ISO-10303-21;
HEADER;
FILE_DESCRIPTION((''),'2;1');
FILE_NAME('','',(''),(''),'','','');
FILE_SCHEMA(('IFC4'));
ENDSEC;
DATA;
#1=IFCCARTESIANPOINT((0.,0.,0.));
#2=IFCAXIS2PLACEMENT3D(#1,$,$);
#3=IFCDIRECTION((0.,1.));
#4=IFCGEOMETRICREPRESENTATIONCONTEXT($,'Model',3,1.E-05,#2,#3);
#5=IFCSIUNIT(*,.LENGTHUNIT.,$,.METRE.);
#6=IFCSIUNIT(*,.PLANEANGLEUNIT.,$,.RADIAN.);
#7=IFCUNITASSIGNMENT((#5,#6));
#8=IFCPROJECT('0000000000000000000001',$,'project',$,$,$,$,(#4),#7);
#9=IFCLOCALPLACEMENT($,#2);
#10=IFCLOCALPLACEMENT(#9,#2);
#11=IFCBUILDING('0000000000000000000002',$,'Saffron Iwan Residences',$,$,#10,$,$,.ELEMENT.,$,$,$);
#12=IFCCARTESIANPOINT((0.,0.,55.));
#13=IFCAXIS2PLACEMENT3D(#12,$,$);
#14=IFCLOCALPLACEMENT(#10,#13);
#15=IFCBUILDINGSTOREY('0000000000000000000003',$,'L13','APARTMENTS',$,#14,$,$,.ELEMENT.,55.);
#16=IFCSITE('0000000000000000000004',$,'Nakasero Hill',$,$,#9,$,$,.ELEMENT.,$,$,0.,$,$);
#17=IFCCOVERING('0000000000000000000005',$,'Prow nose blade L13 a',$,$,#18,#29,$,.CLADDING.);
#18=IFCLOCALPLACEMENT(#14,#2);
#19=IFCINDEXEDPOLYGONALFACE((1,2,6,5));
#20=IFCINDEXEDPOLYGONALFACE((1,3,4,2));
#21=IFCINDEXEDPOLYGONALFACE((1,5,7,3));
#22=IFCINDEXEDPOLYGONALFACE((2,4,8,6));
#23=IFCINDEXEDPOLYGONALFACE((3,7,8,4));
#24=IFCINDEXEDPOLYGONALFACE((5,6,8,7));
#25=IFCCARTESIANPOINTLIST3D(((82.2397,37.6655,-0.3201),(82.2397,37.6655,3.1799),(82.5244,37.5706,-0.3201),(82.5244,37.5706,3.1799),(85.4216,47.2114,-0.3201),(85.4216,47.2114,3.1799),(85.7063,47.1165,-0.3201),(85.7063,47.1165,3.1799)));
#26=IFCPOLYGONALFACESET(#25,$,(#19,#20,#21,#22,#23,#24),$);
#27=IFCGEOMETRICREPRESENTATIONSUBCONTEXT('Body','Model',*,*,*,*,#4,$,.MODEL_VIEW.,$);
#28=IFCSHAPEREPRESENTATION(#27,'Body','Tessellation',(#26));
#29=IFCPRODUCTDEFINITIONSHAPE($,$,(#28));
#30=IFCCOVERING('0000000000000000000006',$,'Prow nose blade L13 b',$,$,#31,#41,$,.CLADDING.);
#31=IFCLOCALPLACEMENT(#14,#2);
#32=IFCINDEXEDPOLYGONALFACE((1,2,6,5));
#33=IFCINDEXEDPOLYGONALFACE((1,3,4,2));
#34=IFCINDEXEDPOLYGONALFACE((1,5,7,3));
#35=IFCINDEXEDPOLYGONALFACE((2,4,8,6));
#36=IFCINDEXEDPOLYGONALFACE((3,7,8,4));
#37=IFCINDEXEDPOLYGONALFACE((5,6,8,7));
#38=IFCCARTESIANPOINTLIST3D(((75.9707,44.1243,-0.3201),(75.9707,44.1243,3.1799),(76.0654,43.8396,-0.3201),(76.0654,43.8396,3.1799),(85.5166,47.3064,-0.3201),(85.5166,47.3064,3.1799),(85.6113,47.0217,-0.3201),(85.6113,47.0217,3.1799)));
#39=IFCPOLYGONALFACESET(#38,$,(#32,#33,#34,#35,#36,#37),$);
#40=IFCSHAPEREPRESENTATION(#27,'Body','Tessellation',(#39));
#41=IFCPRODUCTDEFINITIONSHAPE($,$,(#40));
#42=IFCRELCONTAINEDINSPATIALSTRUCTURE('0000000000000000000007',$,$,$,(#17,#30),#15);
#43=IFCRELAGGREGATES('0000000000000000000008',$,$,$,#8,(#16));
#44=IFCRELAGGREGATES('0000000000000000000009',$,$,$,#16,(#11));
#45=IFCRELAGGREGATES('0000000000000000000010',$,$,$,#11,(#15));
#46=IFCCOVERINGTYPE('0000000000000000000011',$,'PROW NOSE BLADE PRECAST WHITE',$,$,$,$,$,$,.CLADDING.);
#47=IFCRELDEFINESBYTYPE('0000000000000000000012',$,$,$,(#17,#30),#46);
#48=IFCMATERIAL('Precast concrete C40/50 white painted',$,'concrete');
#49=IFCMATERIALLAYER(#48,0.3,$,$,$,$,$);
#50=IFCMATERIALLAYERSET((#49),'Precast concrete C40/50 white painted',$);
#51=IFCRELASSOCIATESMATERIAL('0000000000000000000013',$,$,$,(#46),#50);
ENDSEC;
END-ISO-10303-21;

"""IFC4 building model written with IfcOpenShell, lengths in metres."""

from ifc_helpers import new_model, si_unit, direction, frame, origin, place, context, subcontext, project, spatial, polyline, outline, extrude, material, layer, layer_set, type_object, element, save


model = new_model("IFC4")

# Units and contexts
model_context = context("Model", 3, precision=1e-05, world=origin(), true_north=direction((0.0, 1.0)))
body_context = subcontext(model_context, "Body", "Model", "MODEL_VIEW")
ifc_project = project(units=[si_unit("LENGTHUNIT", "METRE"), si_unit("PLANEANGLEUNIT", "RADIAN")], contexts=[model_context])

# Site, building, storey
site_placement = place(None, origin())
site = spatial("IfcSite", under=ifc_project, at=site_placement, Name="Nakasero Hill", CompositionType="ELEMENT", RefElevation=0.0)
building_placement = place(site_placement, origin())
building = spatial("IfcBuilding", under=site, at=building_placement, Name="Saffron Iwan Residences", CompositionType="ELEMENT")
storey_placement = place(building_placement, frame((0.0, 0.0, 55.0)))
storey = spatial("IfcBuildingStorey", under=building, at=storey_placement, Name="L13", Description="APARTMENTS", CompositionType="ELEMENT", Elevation=55.0)

# Coverings
ifc_material_1 = material(Name="Precast concrete C40/50 white painted", Category="concrete")
ifc_layer_1 = layer(ifc_material_1, 0.3)
ifc_layer_set_1 = layer_set([ifc_layer_1], Name="Precast concrete C40/50 white painted")
covering_type_1 = type_object("IfcCoveringType", Name="PROW NOSE BLADE PRECAST WHITE", PredefinedType="CLADDING", material=ifc_layer_set_1)
covering_1_placement = place(storey_placement, frame((0.0, 0.0, -0.3201)))
element("IfcCovering", 1, at=covering_1_placement, inside=storey, type_object=covering_type_1, Name="Prow nose blade L13 a", PredefinedType="CLADDING", context=body_context, shape_type="SweptSolid", body=[
    extrude(outline(polyline([(82.5244, 37.5706), (85.7063, 47.1165), (85.4216, 47.2114), (82.2397, 37.6655), (82.5244, 37.5706)])), origin(), (0.0, 0.0, 1.0), 3.5),
])
covering_2_placement = place(storey_placement, frame((0.0, 0.0, -0.3201)))
element("IfcCovering", 2, at=covering_2_placement, inside=storey, type_object=covering_type_1, Name="Prow nose blade L13 b", PredefinedType="CLADDING", context=body_context, shape_type="SweptSolid", body=[
    extrude(outline(polyline([(76.0654, 43.8396), (85.6113, 47.0217), (85.5166, 47.3064), (75.9707, 44.1243), (76.0654, 43.8396)])), origin(), (0.0, 0.0, 1.0), 3.5),
])

save(model, "model.ifc")
